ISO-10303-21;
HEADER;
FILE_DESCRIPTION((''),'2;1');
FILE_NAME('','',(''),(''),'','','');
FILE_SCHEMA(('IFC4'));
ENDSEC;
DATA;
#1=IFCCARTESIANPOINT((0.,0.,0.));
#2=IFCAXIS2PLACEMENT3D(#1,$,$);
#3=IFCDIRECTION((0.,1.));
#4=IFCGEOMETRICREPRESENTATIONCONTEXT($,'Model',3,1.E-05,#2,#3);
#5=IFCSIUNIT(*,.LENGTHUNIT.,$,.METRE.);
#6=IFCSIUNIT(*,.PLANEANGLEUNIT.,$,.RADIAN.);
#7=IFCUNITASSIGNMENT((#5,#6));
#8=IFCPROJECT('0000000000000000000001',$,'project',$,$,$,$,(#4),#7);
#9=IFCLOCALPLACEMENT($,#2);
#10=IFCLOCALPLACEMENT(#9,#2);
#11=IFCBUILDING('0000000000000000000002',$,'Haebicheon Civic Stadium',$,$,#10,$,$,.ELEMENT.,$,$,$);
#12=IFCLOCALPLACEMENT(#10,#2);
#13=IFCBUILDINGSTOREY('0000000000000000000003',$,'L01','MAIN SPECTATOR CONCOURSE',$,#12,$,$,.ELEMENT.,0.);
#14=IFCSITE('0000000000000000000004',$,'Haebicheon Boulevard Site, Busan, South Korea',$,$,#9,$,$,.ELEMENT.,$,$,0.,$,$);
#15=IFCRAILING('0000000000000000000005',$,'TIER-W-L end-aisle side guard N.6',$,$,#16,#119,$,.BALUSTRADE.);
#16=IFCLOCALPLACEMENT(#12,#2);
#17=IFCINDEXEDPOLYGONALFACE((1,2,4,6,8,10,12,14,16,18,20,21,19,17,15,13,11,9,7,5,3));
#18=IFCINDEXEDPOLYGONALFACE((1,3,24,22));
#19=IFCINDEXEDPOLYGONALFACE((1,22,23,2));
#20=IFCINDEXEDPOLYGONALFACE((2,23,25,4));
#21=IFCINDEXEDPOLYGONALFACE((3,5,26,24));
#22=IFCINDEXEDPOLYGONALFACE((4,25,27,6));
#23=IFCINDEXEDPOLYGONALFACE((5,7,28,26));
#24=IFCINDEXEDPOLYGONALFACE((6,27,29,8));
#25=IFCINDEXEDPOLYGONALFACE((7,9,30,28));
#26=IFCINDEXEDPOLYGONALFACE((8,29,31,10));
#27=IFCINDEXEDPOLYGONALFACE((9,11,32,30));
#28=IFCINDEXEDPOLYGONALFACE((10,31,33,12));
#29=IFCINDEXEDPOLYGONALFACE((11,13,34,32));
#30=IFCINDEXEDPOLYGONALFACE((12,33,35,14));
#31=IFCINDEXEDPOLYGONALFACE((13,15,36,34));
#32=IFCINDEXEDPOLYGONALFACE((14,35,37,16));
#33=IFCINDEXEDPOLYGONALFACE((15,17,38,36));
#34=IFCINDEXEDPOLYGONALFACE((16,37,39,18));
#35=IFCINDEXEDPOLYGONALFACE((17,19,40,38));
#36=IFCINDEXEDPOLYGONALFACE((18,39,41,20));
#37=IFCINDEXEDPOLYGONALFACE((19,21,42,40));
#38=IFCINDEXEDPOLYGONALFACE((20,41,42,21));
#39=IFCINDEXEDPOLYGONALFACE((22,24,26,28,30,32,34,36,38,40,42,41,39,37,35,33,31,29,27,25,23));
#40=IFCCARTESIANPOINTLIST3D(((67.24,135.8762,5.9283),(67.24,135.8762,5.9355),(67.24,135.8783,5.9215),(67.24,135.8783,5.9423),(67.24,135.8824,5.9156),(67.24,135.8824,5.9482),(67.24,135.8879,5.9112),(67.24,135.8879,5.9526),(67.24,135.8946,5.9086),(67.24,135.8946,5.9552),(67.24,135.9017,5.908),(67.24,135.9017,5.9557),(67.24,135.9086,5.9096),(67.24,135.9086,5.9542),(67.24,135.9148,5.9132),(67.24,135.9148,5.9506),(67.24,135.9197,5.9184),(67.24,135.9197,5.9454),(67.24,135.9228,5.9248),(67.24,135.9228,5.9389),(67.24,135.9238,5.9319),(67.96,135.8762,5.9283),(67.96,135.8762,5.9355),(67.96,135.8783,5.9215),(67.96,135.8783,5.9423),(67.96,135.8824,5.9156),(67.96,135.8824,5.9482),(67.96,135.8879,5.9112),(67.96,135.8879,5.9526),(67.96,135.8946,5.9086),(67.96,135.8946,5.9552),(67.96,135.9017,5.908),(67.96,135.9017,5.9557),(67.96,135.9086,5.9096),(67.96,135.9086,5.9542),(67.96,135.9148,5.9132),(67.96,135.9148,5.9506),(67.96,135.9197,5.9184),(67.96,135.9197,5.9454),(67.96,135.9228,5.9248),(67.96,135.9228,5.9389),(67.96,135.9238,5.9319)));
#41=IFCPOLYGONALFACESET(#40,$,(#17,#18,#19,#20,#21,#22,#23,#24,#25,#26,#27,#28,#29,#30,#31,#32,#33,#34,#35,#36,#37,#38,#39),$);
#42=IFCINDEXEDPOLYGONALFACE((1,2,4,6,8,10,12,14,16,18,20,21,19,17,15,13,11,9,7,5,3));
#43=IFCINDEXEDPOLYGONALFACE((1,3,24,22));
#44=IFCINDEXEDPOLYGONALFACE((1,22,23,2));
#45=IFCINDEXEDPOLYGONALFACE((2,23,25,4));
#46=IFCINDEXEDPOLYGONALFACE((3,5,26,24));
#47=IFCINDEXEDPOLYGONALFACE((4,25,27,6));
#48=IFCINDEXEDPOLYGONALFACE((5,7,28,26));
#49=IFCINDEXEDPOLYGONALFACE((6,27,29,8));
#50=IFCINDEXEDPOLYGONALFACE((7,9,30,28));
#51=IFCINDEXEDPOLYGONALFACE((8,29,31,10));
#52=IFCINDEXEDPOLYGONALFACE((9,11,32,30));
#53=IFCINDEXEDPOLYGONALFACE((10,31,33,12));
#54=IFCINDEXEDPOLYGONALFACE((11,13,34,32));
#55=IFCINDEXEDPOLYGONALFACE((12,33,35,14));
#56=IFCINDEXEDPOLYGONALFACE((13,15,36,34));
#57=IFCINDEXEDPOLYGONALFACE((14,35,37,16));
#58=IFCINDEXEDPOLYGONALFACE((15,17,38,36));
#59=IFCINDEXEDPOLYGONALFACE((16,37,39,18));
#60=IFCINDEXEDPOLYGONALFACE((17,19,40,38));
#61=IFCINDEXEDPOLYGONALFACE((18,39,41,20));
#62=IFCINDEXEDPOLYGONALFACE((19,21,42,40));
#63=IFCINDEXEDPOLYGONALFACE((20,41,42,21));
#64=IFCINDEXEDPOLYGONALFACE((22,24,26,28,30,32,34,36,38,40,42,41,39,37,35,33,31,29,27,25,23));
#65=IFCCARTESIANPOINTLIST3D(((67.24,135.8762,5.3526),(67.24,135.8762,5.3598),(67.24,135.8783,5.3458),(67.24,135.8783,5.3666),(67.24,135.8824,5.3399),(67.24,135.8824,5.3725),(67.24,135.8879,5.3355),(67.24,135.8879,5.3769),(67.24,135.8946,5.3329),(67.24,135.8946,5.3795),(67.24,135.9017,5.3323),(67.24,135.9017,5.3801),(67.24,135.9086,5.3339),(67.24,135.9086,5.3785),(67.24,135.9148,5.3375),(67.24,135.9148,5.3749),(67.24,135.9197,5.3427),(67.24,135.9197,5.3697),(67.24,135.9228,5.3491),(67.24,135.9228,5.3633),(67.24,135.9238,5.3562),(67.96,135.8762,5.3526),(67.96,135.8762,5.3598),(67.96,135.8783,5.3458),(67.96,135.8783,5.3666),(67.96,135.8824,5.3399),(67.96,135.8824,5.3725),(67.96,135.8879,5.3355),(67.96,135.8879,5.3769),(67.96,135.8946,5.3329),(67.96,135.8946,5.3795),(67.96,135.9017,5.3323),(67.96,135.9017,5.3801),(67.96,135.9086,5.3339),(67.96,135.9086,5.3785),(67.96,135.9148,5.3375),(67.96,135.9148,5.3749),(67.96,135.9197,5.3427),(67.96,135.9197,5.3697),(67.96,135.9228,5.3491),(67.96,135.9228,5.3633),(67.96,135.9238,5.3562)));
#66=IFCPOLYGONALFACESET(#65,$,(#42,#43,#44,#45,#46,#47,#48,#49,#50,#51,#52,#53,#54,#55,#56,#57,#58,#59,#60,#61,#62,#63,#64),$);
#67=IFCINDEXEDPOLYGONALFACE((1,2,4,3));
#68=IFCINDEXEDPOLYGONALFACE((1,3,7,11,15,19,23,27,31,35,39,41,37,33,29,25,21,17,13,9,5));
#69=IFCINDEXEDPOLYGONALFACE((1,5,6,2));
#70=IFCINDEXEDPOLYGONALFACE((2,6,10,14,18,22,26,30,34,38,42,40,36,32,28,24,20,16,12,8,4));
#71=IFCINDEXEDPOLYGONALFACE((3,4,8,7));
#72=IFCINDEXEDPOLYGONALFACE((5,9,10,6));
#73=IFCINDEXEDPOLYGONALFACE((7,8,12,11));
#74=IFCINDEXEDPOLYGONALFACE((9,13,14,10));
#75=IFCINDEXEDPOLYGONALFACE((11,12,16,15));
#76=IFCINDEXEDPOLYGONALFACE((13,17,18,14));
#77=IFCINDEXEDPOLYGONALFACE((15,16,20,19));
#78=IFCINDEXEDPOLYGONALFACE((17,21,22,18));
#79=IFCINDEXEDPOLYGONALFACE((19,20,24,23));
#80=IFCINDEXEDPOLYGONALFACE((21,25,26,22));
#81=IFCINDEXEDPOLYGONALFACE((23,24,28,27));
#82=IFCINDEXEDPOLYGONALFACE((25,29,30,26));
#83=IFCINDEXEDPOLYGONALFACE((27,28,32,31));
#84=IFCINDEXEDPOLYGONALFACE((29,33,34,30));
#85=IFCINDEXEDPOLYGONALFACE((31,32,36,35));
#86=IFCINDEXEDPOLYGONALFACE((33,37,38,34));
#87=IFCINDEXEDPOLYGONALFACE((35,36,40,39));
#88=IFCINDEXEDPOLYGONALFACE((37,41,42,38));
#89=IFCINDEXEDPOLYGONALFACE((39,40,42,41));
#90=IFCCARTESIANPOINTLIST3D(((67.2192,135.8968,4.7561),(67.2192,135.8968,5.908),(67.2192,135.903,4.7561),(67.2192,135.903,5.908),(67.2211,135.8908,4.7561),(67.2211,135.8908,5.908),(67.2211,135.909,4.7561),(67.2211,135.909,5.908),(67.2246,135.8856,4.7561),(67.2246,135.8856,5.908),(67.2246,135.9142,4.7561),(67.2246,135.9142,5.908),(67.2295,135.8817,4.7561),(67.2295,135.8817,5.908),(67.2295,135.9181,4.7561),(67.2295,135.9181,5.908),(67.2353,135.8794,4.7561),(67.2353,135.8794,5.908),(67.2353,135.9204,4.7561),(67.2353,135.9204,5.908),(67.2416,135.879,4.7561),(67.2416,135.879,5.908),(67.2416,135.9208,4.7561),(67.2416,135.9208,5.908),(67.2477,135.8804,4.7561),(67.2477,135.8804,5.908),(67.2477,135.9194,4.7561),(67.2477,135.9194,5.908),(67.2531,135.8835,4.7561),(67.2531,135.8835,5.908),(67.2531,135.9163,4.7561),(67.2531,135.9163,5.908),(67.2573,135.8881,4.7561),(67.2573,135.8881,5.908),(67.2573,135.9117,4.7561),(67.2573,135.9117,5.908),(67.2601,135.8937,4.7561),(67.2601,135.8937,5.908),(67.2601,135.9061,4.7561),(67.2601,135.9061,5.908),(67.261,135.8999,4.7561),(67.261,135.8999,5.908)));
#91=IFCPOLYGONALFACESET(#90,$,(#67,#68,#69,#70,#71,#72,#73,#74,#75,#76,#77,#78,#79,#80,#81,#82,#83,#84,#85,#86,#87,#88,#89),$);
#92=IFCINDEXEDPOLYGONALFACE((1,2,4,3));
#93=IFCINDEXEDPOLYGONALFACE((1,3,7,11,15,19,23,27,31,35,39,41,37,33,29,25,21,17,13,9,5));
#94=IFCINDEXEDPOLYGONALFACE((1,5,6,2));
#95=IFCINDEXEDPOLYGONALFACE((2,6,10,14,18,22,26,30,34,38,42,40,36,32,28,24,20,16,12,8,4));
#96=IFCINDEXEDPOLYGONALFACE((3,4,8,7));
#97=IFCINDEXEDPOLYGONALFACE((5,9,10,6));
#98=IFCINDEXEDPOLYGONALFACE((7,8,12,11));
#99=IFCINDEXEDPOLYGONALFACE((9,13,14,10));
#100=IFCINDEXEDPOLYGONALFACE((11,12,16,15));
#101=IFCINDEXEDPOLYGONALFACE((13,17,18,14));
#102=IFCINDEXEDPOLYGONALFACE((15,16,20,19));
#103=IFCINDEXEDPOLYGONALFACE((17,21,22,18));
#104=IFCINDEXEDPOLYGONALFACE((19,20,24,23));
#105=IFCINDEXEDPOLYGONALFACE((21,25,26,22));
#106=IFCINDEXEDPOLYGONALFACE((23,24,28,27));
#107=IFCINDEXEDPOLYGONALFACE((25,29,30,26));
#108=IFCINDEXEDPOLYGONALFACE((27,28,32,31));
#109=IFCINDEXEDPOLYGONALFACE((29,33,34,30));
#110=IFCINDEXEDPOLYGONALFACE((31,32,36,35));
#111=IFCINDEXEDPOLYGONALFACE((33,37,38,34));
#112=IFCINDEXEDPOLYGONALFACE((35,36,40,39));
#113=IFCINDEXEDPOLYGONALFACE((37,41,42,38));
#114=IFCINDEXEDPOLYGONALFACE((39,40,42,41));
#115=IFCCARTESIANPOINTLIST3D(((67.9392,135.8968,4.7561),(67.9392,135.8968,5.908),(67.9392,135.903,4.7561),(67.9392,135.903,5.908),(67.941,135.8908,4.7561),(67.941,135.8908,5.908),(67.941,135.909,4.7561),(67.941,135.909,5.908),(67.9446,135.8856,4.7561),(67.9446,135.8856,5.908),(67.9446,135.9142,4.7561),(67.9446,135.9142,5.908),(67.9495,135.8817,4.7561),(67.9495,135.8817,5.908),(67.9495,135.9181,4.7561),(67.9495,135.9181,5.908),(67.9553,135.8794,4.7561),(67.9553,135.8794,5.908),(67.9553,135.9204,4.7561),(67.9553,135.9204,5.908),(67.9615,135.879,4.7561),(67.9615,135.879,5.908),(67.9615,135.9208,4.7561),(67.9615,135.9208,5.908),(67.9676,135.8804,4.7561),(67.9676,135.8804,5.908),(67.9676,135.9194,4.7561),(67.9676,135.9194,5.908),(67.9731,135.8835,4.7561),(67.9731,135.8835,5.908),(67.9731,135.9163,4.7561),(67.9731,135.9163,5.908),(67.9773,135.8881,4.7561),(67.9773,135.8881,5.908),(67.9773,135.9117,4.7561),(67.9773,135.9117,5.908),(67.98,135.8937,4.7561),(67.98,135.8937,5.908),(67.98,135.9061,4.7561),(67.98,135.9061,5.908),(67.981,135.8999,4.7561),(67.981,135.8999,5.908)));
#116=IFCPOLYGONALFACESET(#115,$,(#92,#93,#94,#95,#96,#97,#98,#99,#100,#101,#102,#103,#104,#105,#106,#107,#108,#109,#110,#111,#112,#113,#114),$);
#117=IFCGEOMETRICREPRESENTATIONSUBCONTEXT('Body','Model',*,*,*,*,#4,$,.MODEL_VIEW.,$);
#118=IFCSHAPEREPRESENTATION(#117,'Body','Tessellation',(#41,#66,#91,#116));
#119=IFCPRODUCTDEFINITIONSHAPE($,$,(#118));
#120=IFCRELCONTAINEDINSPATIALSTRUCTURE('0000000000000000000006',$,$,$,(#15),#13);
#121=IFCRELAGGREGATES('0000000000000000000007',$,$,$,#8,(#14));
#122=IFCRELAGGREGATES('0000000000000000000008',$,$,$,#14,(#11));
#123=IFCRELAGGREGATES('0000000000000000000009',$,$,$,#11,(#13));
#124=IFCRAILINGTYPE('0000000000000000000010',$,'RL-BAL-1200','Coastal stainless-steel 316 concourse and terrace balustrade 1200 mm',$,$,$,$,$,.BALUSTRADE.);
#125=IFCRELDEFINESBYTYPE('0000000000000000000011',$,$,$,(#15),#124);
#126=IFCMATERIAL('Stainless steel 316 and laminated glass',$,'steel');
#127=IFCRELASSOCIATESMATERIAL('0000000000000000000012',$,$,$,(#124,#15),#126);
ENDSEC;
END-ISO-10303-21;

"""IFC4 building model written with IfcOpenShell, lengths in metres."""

from ifc_helpers import new_model, si_unit, direction, frame, origin, origin_2d, place, context, subcontext, project, spatial, circle, extrude, material, type_object, element, save


model = new_model("IFC4")

# Units and contexts
model_context = context("Model", 3, precision=1e-05, world=origin(), true_north=direction((0.0, 1.0)))
body_context = subcontext(model_context, "Body", "Model", "MODEL_VIEW")
ifc_project = project(units=[si_unit("LENGTHUNIT", "METRE"), si_unit("PLANEANGLEUNIT", "RADIAN")], contexts=[model_context])

# Site, building, storey
site_placement = place(None, origin())
site = spatial("IfcSite", under=ifc_project, at=site_placement, Name="Haebicheon Boulevard Site, Busan, South Korea", CompositionType="ELEMENT", RefElevation=0.0)
building_placement = place(site_placement, origin())
building = spatial("IfcBuilding", under=site, at=building_placement, Name="Haebicheon Civic Stadium", CompositionType="ELEMENT")
storey_placement = place(building_placement, origin())
storey = spatial("IfcBuildingStorey", under=building, at=storey_placement, Name="L01", Description="MAIN SPECTATOR CONCOURSE", CompositionType="ELEMENT", Elevation=0.0)

# Railing
ifc_material_1 = material(Name="Stainless steel 316 and laminated glass", Category="steel")
railing_type = type_object("IfcRailingType", Name="RL-BAL-1200", Description="Coastal stainless-steel 316 concourse and terrace balustrade 1200 mm", PredefinedType="BALUSTRADE", material=ifc_material_1)
for number, where, name in (
    (1, (67.24, 135.8999, 4.7561), "TIER-W-L end-aisle side guard N.6"),
):
    element("IfcRailing", number, at=place(storey_placement, frame(where)), inside=storey, type_object=railing_type, material=ifc_material_1, Name=name, PredefinedType="BALUSTRADE", context=body_context, shape_type="SweptSolid", body=[
        extrude(circle(Radius=0.0239, at=origin_2d()), frame((0.0, 0.0, 1.1758), z_axis=(1.0, 0.0, 0.0), x_axis=(0.0, 1.0, 0.0)), (0.0, 0.0, 1.0), 0.72),
        extrude(circle(Radius=0.0239, at=origin_2d()), frame((0.0, 0.0, 0.6001), z_axis=(1.0, 0.0, 0.0), x_axis=(0.0, 1.0, 0.0)), (0.0, 0.0, 1.0), 0.72),
        extrude(circle(Radius=0.021, at=origin_2d()), origin(), (0.0, 0.0, 1.0), 1.1519),
        extrude(circle(Radius=0.021, at=origin_2d()), frame((0.72, 0.0, 0.0)), (0.0, 0.0, 1.0), 1.1519),
    ])

save(model, "model.ifc")
